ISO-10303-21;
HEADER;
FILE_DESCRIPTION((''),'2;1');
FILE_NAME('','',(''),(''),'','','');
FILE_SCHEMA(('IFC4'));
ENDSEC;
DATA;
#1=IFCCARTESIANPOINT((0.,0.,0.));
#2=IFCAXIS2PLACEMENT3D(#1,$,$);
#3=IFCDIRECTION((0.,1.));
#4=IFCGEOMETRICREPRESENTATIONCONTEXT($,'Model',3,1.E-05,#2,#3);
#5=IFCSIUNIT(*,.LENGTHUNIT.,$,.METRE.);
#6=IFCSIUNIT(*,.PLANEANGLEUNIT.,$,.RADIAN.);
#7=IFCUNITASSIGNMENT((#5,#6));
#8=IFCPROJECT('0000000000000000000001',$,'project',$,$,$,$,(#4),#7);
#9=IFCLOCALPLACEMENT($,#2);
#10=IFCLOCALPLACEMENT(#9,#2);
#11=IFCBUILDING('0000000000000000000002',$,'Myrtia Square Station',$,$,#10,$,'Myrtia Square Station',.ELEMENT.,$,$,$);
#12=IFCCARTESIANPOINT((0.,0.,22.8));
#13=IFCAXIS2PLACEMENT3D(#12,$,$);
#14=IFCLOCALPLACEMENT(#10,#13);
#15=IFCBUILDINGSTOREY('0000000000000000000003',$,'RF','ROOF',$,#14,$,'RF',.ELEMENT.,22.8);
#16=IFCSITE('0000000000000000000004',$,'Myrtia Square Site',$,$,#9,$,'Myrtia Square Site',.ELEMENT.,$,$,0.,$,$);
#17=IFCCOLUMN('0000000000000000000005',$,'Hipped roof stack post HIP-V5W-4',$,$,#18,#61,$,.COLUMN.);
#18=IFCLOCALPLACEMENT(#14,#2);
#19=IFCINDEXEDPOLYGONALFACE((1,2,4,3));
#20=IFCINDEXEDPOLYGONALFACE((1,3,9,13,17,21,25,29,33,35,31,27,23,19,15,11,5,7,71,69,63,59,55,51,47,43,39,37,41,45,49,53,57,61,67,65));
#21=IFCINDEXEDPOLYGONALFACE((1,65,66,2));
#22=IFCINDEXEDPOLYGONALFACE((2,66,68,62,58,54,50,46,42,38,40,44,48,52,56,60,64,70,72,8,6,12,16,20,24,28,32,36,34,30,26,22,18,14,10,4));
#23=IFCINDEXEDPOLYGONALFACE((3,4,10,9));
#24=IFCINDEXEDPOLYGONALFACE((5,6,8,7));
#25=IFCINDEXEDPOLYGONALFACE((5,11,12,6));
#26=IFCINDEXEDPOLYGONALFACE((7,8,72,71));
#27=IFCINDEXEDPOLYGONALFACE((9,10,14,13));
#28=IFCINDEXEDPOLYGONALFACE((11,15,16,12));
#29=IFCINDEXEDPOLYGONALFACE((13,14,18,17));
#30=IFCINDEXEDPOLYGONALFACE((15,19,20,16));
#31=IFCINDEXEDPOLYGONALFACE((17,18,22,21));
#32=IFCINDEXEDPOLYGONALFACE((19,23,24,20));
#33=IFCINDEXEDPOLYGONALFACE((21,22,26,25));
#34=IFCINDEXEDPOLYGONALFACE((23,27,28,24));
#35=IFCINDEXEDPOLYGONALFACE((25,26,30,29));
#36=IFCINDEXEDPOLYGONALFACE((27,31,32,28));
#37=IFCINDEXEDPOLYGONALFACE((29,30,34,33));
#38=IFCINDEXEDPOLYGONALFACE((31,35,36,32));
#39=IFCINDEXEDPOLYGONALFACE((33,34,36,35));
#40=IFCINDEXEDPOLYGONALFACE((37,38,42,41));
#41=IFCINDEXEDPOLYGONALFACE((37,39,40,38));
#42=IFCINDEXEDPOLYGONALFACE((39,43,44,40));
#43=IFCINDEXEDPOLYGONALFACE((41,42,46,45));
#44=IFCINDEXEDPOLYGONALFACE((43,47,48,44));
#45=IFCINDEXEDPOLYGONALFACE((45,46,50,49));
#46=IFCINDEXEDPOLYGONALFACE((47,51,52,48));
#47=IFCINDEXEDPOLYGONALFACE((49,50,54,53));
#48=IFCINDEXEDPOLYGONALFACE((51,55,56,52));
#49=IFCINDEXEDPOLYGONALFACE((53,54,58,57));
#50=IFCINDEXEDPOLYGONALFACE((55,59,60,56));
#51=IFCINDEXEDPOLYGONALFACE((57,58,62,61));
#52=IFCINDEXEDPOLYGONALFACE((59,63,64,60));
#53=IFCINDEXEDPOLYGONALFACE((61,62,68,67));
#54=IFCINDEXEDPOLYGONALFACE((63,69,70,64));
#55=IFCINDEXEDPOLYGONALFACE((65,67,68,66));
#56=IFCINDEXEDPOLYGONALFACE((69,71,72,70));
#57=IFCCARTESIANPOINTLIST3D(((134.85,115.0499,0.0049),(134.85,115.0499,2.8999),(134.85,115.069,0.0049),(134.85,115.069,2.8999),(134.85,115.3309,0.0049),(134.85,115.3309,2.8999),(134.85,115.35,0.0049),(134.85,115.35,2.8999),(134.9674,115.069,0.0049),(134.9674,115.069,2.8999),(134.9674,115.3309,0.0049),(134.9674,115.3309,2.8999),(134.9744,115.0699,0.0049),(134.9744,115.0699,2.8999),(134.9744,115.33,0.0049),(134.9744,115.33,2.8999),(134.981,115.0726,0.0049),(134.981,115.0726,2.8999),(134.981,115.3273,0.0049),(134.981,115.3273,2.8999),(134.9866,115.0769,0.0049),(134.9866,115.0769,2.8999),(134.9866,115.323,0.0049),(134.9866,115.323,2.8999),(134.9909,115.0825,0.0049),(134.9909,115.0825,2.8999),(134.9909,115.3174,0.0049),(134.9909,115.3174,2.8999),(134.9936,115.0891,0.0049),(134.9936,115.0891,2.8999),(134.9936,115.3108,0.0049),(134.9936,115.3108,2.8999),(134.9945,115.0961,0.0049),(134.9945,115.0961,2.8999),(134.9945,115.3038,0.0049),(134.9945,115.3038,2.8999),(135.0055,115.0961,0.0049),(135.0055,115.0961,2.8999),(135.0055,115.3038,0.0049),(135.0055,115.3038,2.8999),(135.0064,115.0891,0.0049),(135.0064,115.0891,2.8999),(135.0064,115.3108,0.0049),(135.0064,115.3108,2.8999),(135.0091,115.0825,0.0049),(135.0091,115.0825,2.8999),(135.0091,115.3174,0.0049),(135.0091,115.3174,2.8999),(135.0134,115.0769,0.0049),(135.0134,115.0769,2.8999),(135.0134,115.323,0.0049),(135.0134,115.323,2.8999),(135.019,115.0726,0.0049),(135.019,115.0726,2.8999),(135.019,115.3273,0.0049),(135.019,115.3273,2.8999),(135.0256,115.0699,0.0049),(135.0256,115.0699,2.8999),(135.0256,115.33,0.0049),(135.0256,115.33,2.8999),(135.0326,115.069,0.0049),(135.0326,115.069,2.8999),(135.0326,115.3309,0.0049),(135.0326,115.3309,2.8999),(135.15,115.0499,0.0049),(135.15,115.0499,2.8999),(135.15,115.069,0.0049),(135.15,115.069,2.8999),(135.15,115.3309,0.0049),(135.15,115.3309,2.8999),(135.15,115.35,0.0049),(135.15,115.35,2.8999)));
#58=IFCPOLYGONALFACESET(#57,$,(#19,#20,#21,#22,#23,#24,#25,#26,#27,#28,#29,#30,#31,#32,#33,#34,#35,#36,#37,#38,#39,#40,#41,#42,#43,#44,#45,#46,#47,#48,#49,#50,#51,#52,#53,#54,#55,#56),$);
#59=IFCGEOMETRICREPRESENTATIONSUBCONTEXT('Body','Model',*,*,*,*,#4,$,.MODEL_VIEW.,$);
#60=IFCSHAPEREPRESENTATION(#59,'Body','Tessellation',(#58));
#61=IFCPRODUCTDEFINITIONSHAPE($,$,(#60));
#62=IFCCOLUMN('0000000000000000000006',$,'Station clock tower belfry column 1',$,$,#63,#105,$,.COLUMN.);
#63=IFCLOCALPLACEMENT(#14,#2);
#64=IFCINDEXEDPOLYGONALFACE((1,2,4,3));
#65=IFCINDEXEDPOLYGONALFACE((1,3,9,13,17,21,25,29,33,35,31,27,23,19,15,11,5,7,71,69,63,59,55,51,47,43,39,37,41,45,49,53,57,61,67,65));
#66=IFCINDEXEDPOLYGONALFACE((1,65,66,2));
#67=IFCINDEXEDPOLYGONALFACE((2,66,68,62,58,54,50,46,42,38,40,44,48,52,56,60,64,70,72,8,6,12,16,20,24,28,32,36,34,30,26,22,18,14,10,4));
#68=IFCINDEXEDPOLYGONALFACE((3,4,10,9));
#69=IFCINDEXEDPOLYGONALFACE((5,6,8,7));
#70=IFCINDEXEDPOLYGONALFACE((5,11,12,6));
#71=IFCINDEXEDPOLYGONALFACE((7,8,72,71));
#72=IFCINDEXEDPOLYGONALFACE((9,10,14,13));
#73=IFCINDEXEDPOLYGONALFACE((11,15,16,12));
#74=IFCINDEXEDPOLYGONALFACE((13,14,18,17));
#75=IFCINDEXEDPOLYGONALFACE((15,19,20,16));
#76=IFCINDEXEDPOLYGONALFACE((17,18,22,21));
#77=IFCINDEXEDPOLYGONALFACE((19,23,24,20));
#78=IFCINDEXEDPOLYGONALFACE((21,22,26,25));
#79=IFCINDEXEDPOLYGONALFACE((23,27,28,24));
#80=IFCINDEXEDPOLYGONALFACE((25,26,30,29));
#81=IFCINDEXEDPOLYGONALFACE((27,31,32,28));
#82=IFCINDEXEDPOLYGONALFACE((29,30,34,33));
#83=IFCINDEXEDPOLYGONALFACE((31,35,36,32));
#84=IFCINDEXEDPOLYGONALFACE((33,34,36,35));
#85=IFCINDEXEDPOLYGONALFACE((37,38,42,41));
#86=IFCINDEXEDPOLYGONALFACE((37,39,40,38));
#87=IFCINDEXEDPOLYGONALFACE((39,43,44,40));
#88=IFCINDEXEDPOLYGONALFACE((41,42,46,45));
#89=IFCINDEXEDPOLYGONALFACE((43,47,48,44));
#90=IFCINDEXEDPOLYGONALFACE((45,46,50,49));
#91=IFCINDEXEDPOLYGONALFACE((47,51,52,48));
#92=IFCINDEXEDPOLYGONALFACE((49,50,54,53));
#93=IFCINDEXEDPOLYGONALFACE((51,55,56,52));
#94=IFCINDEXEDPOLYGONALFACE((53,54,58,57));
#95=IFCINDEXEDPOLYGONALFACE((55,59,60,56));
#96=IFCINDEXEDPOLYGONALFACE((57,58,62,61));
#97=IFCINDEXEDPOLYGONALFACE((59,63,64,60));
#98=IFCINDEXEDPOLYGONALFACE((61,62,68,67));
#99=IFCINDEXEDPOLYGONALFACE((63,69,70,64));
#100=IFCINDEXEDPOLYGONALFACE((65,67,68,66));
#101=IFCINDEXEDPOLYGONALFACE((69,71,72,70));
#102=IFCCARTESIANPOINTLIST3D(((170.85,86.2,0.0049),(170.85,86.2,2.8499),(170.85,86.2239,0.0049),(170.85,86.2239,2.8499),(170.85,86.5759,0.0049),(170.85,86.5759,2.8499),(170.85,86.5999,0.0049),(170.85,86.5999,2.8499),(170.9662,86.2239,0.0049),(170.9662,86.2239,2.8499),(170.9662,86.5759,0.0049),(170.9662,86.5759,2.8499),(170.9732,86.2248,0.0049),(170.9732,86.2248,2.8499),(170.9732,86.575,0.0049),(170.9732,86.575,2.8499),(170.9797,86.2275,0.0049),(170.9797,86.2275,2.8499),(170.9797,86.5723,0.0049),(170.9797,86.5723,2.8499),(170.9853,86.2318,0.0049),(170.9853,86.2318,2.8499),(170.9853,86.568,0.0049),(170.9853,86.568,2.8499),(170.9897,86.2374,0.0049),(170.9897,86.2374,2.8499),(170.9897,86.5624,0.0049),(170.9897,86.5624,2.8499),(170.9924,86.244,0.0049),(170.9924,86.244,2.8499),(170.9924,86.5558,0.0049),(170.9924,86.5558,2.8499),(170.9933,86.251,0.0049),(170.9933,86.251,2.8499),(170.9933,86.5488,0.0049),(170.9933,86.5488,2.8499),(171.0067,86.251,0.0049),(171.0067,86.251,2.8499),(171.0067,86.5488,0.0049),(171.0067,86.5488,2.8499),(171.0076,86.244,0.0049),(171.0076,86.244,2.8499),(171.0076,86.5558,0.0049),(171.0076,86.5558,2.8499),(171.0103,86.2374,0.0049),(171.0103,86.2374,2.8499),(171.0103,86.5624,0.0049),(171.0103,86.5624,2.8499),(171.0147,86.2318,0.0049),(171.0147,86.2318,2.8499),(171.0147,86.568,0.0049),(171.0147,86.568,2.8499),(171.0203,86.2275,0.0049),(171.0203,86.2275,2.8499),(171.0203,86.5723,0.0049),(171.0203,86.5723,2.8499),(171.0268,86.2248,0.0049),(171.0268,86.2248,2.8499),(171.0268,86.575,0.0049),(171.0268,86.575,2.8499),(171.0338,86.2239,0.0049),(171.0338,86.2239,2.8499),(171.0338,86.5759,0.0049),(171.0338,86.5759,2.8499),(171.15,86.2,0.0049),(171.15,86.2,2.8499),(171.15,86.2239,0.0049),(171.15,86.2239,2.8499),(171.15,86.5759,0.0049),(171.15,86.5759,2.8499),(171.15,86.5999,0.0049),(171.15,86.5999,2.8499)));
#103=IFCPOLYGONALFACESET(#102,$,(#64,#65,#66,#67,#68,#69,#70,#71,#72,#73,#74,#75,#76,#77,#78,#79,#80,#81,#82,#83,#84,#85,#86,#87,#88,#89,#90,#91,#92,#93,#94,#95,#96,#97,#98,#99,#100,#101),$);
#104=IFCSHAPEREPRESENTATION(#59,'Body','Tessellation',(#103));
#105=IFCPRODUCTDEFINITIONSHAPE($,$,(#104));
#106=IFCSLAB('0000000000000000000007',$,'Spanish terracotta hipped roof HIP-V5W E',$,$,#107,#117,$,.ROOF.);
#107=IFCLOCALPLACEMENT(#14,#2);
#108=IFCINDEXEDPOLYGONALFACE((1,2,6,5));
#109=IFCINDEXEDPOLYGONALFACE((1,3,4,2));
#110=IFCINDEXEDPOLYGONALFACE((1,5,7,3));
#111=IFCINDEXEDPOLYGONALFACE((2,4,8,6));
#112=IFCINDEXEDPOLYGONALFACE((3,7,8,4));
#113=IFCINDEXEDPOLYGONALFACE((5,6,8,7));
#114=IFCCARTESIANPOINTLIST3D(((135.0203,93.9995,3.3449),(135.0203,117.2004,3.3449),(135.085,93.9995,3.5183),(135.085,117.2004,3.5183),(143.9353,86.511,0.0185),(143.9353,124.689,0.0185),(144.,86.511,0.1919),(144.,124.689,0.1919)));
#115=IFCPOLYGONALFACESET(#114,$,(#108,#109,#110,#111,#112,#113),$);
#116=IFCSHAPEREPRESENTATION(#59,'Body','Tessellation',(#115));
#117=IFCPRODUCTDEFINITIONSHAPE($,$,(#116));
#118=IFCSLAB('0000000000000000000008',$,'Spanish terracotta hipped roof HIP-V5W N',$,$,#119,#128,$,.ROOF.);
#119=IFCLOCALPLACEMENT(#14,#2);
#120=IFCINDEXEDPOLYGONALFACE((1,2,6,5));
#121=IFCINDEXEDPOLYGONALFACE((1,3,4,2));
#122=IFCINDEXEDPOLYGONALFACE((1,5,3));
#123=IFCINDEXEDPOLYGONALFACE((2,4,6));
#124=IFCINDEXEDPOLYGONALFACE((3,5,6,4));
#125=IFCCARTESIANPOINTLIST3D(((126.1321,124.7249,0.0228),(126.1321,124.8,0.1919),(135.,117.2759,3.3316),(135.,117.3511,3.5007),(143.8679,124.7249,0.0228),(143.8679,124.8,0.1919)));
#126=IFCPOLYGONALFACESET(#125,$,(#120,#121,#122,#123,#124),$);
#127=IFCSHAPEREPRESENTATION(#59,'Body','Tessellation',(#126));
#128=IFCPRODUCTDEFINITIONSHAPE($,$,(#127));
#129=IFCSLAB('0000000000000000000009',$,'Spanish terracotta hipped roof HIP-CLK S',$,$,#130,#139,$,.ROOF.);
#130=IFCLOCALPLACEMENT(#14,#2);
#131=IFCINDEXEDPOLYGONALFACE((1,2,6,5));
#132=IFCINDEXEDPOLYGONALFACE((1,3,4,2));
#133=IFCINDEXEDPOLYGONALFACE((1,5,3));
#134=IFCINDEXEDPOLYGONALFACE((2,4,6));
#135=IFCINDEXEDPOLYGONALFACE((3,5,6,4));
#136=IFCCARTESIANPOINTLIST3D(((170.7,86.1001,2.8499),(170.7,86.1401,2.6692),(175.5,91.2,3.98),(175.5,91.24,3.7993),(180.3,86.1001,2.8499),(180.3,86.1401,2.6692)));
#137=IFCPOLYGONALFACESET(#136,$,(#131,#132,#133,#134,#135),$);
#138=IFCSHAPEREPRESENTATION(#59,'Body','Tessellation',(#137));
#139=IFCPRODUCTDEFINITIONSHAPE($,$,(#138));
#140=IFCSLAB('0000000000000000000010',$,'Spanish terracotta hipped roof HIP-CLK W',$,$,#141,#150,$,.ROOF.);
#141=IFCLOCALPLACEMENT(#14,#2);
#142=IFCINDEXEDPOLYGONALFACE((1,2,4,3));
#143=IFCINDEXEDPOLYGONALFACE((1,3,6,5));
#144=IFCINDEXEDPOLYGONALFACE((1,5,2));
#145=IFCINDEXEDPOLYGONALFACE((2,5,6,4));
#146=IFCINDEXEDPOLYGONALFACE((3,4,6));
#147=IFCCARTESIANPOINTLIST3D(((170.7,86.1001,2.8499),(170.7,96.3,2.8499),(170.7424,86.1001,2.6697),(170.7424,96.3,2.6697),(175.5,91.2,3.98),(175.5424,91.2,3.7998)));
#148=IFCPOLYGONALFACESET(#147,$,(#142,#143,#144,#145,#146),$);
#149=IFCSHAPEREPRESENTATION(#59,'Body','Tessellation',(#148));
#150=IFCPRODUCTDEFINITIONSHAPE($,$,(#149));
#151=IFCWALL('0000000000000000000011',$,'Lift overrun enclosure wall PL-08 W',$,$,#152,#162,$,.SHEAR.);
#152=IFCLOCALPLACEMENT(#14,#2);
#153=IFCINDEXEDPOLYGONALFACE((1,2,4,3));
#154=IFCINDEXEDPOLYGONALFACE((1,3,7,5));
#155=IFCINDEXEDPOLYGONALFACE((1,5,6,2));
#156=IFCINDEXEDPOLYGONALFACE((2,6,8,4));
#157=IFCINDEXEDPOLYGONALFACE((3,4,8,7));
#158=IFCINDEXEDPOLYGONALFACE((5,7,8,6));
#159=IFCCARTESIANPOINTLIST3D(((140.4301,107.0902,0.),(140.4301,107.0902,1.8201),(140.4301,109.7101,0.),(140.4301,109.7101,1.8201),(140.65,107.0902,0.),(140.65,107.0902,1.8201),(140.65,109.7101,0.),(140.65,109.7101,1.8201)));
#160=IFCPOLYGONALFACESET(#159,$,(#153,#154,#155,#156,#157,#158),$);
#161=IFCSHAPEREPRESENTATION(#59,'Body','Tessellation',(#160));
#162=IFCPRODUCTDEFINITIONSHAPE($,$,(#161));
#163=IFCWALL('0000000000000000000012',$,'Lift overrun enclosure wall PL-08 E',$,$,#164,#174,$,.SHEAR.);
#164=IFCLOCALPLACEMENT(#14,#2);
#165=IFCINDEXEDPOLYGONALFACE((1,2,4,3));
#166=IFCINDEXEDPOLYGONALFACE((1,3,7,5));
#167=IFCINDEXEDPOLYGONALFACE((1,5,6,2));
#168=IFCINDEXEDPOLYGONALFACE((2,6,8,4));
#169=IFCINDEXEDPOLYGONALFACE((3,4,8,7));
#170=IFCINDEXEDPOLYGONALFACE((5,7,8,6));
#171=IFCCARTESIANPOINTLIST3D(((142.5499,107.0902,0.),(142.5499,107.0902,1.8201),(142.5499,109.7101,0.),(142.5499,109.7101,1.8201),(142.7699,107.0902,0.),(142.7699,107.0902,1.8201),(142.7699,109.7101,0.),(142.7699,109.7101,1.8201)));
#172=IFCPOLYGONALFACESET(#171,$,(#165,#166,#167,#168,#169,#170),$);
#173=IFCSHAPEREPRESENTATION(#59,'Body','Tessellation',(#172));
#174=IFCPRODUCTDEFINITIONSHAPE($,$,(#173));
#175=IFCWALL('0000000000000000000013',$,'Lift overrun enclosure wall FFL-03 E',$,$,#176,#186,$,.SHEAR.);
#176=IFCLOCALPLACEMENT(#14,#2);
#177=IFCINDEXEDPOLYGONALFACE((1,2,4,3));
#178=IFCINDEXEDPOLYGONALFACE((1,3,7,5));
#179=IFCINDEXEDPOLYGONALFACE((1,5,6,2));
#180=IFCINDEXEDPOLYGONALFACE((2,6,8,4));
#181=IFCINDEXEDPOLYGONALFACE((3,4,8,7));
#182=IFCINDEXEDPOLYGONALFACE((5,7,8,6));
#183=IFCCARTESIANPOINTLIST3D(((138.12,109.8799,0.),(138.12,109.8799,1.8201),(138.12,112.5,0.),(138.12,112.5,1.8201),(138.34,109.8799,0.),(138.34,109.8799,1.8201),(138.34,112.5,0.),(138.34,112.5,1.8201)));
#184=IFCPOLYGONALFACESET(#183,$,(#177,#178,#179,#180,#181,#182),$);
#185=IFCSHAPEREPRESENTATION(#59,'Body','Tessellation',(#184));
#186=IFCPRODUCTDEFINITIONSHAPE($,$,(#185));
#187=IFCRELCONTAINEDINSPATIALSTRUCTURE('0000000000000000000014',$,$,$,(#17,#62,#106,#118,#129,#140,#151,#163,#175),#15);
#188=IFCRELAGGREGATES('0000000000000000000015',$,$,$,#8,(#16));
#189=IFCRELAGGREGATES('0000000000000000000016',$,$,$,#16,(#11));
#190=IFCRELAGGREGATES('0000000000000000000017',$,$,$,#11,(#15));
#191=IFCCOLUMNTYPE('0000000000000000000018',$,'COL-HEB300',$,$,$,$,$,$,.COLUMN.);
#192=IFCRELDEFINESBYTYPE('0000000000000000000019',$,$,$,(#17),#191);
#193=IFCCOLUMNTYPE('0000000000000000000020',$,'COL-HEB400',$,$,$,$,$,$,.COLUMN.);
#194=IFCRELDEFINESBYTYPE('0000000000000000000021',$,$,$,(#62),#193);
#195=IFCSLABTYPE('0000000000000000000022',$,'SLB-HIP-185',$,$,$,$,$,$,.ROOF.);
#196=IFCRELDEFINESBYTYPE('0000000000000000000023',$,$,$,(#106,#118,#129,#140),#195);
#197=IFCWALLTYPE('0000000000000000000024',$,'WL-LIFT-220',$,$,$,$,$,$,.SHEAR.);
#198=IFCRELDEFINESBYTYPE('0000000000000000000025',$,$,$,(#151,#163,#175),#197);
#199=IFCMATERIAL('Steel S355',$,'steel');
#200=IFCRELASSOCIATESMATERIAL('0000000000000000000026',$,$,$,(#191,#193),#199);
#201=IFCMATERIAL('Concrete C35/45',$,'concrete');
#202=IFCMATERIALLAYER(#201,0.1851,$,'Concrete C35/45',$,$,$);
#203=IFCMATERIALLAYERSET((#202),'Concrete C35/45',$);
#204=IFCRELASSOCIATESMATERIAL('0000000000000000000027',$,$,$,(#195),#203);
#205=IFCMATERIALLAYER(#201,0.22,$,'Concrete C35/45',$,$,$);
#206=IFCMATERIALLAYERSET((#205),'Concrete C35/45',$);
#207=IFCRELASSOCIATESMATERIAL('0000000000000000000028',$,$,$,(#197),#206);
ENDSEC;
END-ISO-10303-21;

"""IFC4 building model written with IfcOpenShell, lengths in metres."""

from ifc_helpers import new_model, si_unit, direction, frame, frame_2d, origin, origin_2d, place, context, subcontext, project, spatial, polyline, rectangle, i_section, outline, extrude, material, layer, layer_set, material_profile, profile_set, type_object, element, save


model = new_model("IFC4")

# Units and contexts
model_context = context("Model", 3, precision=1e-05, world=origin(), true_north=direction((0.0, 1.0)))
body_context = subcontext(model_context, "Body", "Model", "MODEL_VIEW")
ifc_project = project(units=[si_unit("LENGTHUNIT", "METRE"), si_unit("PLANEANGLEUNIT", "RADIAN")], contexts=[model_context])

# Site, building, storey
site_placement = place(None, origin())
site = spatial("IfcSite", under=ifc_project, at=site_placement, Name="Myrtia Square Site", LongName="Myrtia Square Site", CompositionType="ELEMENT", RefElevation=0.0)
building_placement = place(site_placement, origin())
building = spatial("IfcBuilding", under=site, at=building_placement, Name="Myrtia Square Station", LongName="Myrtia Square Station", CompositionType="ELEMENT")
storey_placement = place(building_placement, frame((0.0, 0.0, 22.8)))
storey = spatial("IfcBuildingStorey", under=building, at=storey_placement, Name="RF", Description="ROOF", LongName="RF", CompositionType="ELEMENT", Elevation=22.8)

# Columns
ifc_material_1 = material(Name="Steel S355", Category="steel")
ifc_material_profile_1 = material_profile(ifc_material_1, i_section(OverallWidth=0.3, OverallDepth=0.3, WebThickness=0.011, FlangeThickness=0.019, FilletRadius=0.0271, at=origin_2d()), Name="HEB 300")
ifc_profile_set_1 = profile_set([ifc_material_profile_1], Name="Steel S355")
column_type_1 = type_object("IfcColumnType", Name="COL-HEB300", PredefinedType="COLUMN", material=ifc_profile_set_1)
column_1_placement = place(storey_placement, frame((135.0, 115.2, 0.0049), z_axis=(0.0, 0.0, 1.0), x_axis=(1.0, 0.0, 0.0)))
element("IfcColumn", 1, at=column_1_placement, inside=storey, type_object=column_type_1, Name="Hipped roof stack post HIP-V5W-4", PredefinedType="COLUMN", context=body_context, shape_type="SweptSolid", body=[
    extrude(i_section(OverallWidth=0.3, OverallDepth=0.3, WebThickness=0.011, FlangeThickness=0.019, FilletRadius=0.0271, at=origin_2d()), origin(), (0.0, 0.0, 1.0), 2.895),
])
ifc_material_profile_2 = material_profile(ifc_material_1, i_section(OverallWidth=0.3, OverallDepth=0.3999, WebThickness=0.0134, FlangeThickness=0.0239, FilletRadius=0.0271, at=origin_2d()), Name="HEB 400")
ifc_profile_set_2 = profile_set([ifc_material_profile_2], Name="Steel S355")
column_type_2 = type_object("IfcColumnType", Name="COL-HEB400", PredefinedType="COLUMN", material=ifc_profile_set_2)
column_2_placement = place(storey_placement, frame((171.0, 86.3999, 0.0049), z_axis=(0.0, 0.0, 1.0), x_axis=(1.0, 0.0, 0.0)))
element("IfcColumn", 2, at=column_2_placement, inside=storey, type_object=column_type_2, Name="Station clock tower belfry column 1", PredefinedType="COLUMN", context=body_context, shape_type="SweptSolid", body=[
    extrude(i_section(OverallWidth=0.3, OverallDepth=0.3999, WebThickness=0.0134, FlangeThickness=0.0239, FilletRadius=0.0271, at=origin_2d()), origin(), (0.0, 0.0, 1.0), 2.845),
])

# Slabs
ifc_material_2 = material(Name="Concrete C35/45", Category="concrete")
ifc_layer_1 = layer(ifc_material_2, 0.1851, Name="Concrete C35/45")
ifc_layer_set_1 = layer_set([ifc_layer_1], Name="Concrete C35/45")
slab_type = type_object("IfcSlabType", Name="SLB-HIP-185", PredefinedType="ROOF", material=ifc_layer_set_1)
slab_1_placement = place(storey_placement, frame((144.0, 86.511, 0.1919), z_axis=(0.349582, 0.0, 0.936906), x_axis=(0.0, 1.0, 0.0)))
element("IfcSlab", 3, at=slab_1_placement, inside=storey, type_object=slab_type, Name="Spanish terracotta hipped roof HIP-V5W E", PredefinedType="ROOF", context=body_context, shape_type="SweptSolid", body=[
    extrude(outline(polyline([(0.0, 0.0), (38.178, 0.0), (30.6895, 9.5154), (7.4885, 9.5154), (0.0, 0.0)])), origin(), (0.0, 0.0, -1.0), 0.1851),
])
slab_2_placement = place(storey_placement, frame((143.8679, 124.8, 0.1919), z_axis=(0.0, 0.405952, 0.913894), x_axis=(-1.0, 0.0, 0.0)))
element("IfcSlab", 4, at=slab_2_placement, inside=storey, type_object=slab_type, Name="Spanish terracotta hipped roof HIP-V5W N", PredefinedType="ROOF", context=body_context, shape_type="SweptSolid", body=[
    extrude(outline(polyline([(0.0, 0.0), (17.7358, 0.0), (8.8679, 8.1508), (0.0, 0.0)])), origin(), (0.0, 0.0, -1.0), 0.1851),
])
slab_3_placement = place(storey_placement, frame((170.7, 86.1001, 2.8499), z_axis=(0.0, -0.216351, 0.976316), x_axis=(1.0, 0.0, 0.0)))
element("IfcSlab", 5, at=slab_3_placement, inside=storey, type_object=slab_type, Name="Spanish terracotta hipped roof HIP-CLK S", PredefinedType="ROOF", context=body_context, shape_type="SweptSolid", body=[
    extrude(outline(polyline([(0.0, 0.0), (9.6001, 0.0), (4.8, 5.2236), (0.0, 0.0)])), origin(), (0.0, 0.0, -1.0), 0.1851),
])
slab_4_placement = place(storey_placement, frame((170.7, 96.3, 2.8499), z_axis=(-0.229175, 0.0, 0.973385), x_axis=(0.0, -1.0, 0.0)))
element("IfcSlab", 6, at=slab_4_placement, inside=storey, type_object=slab_type, Name="Spanish terracotta hipped roof HIP-CLK W", PredefinedType="ROOF", context=body_context, shape_type="SweptSolid", body=[
    extrude(outline(polyline([(0.0, 0.0), (10.2, 0.0), (5.1001, 4.9313), (0.0, 0.0)])), origin(), (0.0, 0.0, -1.0), 0.1851),
])

# Walls
ifc_layer_2 = layer(ifc_material_2, 0.22, Name="Concrete C35/45")
ifc_layer_set_2 = layer_set([ifc_layer_2], Name="Concrete C35/45")
wall_type_1 = type_object("IfcWallType", Name="WL-LIFT-220", PredefinedType="SHEAR", material=ifc_layer_set_2)
for number, where, z_axis, x_axis, name in (
    (7, (140.54, 107.0901, 0.0), (0.0, 0.0, 1.0), (0.0, 1.0, 0.0), "Lift overrun enclosure wall PL-08 W"),
    (8, (142.6599, 107.0901, 0.0), (0.0, 0.0, 1.0), (0.0, 1.0, 0.0), "Lift overrun enclosure wall PL-08 E"),
):
    element("IfcWall", number, at=place(storey_placement, frame(where, z_axis=z_axis, x_axis=x_axis)), inside=storey, type_object=wall_type_1, Name=name, PredefinedType="SHEAR", context=body_context, shape_type="SweptSolid", body=[
        extrude(rectangle(XDim=2.6199, YDim=0.22, at=frame_2d((1.3101, 0.0))), origin(), (0.0, 0.0, 1.0), 1.8201),
    ])
wall_1_placement = place(storey_placement, frame((138.23, 109.8799, 0.0), z_axis=(0.0, 0.0, 1.0), x_axis=(0.0, 1.0, 0.0)))
element("IfcWall", 9, at=wall_1_placement, inside=storey, type_object=wall_type_1, Name="Lift overrun enclosure wall FFL-03 E", PredefinedType="SHEAR", context=body_context, shape_type="SweptSolid", body=[
    extrude(rectangle(XDim=2.6201, YDim=0.22, at=frame_2d((1.3101, 0.0))), origin(), (0.0, 0.0, 1.0), 1.8201),
])

save(model, "model.ifc")
